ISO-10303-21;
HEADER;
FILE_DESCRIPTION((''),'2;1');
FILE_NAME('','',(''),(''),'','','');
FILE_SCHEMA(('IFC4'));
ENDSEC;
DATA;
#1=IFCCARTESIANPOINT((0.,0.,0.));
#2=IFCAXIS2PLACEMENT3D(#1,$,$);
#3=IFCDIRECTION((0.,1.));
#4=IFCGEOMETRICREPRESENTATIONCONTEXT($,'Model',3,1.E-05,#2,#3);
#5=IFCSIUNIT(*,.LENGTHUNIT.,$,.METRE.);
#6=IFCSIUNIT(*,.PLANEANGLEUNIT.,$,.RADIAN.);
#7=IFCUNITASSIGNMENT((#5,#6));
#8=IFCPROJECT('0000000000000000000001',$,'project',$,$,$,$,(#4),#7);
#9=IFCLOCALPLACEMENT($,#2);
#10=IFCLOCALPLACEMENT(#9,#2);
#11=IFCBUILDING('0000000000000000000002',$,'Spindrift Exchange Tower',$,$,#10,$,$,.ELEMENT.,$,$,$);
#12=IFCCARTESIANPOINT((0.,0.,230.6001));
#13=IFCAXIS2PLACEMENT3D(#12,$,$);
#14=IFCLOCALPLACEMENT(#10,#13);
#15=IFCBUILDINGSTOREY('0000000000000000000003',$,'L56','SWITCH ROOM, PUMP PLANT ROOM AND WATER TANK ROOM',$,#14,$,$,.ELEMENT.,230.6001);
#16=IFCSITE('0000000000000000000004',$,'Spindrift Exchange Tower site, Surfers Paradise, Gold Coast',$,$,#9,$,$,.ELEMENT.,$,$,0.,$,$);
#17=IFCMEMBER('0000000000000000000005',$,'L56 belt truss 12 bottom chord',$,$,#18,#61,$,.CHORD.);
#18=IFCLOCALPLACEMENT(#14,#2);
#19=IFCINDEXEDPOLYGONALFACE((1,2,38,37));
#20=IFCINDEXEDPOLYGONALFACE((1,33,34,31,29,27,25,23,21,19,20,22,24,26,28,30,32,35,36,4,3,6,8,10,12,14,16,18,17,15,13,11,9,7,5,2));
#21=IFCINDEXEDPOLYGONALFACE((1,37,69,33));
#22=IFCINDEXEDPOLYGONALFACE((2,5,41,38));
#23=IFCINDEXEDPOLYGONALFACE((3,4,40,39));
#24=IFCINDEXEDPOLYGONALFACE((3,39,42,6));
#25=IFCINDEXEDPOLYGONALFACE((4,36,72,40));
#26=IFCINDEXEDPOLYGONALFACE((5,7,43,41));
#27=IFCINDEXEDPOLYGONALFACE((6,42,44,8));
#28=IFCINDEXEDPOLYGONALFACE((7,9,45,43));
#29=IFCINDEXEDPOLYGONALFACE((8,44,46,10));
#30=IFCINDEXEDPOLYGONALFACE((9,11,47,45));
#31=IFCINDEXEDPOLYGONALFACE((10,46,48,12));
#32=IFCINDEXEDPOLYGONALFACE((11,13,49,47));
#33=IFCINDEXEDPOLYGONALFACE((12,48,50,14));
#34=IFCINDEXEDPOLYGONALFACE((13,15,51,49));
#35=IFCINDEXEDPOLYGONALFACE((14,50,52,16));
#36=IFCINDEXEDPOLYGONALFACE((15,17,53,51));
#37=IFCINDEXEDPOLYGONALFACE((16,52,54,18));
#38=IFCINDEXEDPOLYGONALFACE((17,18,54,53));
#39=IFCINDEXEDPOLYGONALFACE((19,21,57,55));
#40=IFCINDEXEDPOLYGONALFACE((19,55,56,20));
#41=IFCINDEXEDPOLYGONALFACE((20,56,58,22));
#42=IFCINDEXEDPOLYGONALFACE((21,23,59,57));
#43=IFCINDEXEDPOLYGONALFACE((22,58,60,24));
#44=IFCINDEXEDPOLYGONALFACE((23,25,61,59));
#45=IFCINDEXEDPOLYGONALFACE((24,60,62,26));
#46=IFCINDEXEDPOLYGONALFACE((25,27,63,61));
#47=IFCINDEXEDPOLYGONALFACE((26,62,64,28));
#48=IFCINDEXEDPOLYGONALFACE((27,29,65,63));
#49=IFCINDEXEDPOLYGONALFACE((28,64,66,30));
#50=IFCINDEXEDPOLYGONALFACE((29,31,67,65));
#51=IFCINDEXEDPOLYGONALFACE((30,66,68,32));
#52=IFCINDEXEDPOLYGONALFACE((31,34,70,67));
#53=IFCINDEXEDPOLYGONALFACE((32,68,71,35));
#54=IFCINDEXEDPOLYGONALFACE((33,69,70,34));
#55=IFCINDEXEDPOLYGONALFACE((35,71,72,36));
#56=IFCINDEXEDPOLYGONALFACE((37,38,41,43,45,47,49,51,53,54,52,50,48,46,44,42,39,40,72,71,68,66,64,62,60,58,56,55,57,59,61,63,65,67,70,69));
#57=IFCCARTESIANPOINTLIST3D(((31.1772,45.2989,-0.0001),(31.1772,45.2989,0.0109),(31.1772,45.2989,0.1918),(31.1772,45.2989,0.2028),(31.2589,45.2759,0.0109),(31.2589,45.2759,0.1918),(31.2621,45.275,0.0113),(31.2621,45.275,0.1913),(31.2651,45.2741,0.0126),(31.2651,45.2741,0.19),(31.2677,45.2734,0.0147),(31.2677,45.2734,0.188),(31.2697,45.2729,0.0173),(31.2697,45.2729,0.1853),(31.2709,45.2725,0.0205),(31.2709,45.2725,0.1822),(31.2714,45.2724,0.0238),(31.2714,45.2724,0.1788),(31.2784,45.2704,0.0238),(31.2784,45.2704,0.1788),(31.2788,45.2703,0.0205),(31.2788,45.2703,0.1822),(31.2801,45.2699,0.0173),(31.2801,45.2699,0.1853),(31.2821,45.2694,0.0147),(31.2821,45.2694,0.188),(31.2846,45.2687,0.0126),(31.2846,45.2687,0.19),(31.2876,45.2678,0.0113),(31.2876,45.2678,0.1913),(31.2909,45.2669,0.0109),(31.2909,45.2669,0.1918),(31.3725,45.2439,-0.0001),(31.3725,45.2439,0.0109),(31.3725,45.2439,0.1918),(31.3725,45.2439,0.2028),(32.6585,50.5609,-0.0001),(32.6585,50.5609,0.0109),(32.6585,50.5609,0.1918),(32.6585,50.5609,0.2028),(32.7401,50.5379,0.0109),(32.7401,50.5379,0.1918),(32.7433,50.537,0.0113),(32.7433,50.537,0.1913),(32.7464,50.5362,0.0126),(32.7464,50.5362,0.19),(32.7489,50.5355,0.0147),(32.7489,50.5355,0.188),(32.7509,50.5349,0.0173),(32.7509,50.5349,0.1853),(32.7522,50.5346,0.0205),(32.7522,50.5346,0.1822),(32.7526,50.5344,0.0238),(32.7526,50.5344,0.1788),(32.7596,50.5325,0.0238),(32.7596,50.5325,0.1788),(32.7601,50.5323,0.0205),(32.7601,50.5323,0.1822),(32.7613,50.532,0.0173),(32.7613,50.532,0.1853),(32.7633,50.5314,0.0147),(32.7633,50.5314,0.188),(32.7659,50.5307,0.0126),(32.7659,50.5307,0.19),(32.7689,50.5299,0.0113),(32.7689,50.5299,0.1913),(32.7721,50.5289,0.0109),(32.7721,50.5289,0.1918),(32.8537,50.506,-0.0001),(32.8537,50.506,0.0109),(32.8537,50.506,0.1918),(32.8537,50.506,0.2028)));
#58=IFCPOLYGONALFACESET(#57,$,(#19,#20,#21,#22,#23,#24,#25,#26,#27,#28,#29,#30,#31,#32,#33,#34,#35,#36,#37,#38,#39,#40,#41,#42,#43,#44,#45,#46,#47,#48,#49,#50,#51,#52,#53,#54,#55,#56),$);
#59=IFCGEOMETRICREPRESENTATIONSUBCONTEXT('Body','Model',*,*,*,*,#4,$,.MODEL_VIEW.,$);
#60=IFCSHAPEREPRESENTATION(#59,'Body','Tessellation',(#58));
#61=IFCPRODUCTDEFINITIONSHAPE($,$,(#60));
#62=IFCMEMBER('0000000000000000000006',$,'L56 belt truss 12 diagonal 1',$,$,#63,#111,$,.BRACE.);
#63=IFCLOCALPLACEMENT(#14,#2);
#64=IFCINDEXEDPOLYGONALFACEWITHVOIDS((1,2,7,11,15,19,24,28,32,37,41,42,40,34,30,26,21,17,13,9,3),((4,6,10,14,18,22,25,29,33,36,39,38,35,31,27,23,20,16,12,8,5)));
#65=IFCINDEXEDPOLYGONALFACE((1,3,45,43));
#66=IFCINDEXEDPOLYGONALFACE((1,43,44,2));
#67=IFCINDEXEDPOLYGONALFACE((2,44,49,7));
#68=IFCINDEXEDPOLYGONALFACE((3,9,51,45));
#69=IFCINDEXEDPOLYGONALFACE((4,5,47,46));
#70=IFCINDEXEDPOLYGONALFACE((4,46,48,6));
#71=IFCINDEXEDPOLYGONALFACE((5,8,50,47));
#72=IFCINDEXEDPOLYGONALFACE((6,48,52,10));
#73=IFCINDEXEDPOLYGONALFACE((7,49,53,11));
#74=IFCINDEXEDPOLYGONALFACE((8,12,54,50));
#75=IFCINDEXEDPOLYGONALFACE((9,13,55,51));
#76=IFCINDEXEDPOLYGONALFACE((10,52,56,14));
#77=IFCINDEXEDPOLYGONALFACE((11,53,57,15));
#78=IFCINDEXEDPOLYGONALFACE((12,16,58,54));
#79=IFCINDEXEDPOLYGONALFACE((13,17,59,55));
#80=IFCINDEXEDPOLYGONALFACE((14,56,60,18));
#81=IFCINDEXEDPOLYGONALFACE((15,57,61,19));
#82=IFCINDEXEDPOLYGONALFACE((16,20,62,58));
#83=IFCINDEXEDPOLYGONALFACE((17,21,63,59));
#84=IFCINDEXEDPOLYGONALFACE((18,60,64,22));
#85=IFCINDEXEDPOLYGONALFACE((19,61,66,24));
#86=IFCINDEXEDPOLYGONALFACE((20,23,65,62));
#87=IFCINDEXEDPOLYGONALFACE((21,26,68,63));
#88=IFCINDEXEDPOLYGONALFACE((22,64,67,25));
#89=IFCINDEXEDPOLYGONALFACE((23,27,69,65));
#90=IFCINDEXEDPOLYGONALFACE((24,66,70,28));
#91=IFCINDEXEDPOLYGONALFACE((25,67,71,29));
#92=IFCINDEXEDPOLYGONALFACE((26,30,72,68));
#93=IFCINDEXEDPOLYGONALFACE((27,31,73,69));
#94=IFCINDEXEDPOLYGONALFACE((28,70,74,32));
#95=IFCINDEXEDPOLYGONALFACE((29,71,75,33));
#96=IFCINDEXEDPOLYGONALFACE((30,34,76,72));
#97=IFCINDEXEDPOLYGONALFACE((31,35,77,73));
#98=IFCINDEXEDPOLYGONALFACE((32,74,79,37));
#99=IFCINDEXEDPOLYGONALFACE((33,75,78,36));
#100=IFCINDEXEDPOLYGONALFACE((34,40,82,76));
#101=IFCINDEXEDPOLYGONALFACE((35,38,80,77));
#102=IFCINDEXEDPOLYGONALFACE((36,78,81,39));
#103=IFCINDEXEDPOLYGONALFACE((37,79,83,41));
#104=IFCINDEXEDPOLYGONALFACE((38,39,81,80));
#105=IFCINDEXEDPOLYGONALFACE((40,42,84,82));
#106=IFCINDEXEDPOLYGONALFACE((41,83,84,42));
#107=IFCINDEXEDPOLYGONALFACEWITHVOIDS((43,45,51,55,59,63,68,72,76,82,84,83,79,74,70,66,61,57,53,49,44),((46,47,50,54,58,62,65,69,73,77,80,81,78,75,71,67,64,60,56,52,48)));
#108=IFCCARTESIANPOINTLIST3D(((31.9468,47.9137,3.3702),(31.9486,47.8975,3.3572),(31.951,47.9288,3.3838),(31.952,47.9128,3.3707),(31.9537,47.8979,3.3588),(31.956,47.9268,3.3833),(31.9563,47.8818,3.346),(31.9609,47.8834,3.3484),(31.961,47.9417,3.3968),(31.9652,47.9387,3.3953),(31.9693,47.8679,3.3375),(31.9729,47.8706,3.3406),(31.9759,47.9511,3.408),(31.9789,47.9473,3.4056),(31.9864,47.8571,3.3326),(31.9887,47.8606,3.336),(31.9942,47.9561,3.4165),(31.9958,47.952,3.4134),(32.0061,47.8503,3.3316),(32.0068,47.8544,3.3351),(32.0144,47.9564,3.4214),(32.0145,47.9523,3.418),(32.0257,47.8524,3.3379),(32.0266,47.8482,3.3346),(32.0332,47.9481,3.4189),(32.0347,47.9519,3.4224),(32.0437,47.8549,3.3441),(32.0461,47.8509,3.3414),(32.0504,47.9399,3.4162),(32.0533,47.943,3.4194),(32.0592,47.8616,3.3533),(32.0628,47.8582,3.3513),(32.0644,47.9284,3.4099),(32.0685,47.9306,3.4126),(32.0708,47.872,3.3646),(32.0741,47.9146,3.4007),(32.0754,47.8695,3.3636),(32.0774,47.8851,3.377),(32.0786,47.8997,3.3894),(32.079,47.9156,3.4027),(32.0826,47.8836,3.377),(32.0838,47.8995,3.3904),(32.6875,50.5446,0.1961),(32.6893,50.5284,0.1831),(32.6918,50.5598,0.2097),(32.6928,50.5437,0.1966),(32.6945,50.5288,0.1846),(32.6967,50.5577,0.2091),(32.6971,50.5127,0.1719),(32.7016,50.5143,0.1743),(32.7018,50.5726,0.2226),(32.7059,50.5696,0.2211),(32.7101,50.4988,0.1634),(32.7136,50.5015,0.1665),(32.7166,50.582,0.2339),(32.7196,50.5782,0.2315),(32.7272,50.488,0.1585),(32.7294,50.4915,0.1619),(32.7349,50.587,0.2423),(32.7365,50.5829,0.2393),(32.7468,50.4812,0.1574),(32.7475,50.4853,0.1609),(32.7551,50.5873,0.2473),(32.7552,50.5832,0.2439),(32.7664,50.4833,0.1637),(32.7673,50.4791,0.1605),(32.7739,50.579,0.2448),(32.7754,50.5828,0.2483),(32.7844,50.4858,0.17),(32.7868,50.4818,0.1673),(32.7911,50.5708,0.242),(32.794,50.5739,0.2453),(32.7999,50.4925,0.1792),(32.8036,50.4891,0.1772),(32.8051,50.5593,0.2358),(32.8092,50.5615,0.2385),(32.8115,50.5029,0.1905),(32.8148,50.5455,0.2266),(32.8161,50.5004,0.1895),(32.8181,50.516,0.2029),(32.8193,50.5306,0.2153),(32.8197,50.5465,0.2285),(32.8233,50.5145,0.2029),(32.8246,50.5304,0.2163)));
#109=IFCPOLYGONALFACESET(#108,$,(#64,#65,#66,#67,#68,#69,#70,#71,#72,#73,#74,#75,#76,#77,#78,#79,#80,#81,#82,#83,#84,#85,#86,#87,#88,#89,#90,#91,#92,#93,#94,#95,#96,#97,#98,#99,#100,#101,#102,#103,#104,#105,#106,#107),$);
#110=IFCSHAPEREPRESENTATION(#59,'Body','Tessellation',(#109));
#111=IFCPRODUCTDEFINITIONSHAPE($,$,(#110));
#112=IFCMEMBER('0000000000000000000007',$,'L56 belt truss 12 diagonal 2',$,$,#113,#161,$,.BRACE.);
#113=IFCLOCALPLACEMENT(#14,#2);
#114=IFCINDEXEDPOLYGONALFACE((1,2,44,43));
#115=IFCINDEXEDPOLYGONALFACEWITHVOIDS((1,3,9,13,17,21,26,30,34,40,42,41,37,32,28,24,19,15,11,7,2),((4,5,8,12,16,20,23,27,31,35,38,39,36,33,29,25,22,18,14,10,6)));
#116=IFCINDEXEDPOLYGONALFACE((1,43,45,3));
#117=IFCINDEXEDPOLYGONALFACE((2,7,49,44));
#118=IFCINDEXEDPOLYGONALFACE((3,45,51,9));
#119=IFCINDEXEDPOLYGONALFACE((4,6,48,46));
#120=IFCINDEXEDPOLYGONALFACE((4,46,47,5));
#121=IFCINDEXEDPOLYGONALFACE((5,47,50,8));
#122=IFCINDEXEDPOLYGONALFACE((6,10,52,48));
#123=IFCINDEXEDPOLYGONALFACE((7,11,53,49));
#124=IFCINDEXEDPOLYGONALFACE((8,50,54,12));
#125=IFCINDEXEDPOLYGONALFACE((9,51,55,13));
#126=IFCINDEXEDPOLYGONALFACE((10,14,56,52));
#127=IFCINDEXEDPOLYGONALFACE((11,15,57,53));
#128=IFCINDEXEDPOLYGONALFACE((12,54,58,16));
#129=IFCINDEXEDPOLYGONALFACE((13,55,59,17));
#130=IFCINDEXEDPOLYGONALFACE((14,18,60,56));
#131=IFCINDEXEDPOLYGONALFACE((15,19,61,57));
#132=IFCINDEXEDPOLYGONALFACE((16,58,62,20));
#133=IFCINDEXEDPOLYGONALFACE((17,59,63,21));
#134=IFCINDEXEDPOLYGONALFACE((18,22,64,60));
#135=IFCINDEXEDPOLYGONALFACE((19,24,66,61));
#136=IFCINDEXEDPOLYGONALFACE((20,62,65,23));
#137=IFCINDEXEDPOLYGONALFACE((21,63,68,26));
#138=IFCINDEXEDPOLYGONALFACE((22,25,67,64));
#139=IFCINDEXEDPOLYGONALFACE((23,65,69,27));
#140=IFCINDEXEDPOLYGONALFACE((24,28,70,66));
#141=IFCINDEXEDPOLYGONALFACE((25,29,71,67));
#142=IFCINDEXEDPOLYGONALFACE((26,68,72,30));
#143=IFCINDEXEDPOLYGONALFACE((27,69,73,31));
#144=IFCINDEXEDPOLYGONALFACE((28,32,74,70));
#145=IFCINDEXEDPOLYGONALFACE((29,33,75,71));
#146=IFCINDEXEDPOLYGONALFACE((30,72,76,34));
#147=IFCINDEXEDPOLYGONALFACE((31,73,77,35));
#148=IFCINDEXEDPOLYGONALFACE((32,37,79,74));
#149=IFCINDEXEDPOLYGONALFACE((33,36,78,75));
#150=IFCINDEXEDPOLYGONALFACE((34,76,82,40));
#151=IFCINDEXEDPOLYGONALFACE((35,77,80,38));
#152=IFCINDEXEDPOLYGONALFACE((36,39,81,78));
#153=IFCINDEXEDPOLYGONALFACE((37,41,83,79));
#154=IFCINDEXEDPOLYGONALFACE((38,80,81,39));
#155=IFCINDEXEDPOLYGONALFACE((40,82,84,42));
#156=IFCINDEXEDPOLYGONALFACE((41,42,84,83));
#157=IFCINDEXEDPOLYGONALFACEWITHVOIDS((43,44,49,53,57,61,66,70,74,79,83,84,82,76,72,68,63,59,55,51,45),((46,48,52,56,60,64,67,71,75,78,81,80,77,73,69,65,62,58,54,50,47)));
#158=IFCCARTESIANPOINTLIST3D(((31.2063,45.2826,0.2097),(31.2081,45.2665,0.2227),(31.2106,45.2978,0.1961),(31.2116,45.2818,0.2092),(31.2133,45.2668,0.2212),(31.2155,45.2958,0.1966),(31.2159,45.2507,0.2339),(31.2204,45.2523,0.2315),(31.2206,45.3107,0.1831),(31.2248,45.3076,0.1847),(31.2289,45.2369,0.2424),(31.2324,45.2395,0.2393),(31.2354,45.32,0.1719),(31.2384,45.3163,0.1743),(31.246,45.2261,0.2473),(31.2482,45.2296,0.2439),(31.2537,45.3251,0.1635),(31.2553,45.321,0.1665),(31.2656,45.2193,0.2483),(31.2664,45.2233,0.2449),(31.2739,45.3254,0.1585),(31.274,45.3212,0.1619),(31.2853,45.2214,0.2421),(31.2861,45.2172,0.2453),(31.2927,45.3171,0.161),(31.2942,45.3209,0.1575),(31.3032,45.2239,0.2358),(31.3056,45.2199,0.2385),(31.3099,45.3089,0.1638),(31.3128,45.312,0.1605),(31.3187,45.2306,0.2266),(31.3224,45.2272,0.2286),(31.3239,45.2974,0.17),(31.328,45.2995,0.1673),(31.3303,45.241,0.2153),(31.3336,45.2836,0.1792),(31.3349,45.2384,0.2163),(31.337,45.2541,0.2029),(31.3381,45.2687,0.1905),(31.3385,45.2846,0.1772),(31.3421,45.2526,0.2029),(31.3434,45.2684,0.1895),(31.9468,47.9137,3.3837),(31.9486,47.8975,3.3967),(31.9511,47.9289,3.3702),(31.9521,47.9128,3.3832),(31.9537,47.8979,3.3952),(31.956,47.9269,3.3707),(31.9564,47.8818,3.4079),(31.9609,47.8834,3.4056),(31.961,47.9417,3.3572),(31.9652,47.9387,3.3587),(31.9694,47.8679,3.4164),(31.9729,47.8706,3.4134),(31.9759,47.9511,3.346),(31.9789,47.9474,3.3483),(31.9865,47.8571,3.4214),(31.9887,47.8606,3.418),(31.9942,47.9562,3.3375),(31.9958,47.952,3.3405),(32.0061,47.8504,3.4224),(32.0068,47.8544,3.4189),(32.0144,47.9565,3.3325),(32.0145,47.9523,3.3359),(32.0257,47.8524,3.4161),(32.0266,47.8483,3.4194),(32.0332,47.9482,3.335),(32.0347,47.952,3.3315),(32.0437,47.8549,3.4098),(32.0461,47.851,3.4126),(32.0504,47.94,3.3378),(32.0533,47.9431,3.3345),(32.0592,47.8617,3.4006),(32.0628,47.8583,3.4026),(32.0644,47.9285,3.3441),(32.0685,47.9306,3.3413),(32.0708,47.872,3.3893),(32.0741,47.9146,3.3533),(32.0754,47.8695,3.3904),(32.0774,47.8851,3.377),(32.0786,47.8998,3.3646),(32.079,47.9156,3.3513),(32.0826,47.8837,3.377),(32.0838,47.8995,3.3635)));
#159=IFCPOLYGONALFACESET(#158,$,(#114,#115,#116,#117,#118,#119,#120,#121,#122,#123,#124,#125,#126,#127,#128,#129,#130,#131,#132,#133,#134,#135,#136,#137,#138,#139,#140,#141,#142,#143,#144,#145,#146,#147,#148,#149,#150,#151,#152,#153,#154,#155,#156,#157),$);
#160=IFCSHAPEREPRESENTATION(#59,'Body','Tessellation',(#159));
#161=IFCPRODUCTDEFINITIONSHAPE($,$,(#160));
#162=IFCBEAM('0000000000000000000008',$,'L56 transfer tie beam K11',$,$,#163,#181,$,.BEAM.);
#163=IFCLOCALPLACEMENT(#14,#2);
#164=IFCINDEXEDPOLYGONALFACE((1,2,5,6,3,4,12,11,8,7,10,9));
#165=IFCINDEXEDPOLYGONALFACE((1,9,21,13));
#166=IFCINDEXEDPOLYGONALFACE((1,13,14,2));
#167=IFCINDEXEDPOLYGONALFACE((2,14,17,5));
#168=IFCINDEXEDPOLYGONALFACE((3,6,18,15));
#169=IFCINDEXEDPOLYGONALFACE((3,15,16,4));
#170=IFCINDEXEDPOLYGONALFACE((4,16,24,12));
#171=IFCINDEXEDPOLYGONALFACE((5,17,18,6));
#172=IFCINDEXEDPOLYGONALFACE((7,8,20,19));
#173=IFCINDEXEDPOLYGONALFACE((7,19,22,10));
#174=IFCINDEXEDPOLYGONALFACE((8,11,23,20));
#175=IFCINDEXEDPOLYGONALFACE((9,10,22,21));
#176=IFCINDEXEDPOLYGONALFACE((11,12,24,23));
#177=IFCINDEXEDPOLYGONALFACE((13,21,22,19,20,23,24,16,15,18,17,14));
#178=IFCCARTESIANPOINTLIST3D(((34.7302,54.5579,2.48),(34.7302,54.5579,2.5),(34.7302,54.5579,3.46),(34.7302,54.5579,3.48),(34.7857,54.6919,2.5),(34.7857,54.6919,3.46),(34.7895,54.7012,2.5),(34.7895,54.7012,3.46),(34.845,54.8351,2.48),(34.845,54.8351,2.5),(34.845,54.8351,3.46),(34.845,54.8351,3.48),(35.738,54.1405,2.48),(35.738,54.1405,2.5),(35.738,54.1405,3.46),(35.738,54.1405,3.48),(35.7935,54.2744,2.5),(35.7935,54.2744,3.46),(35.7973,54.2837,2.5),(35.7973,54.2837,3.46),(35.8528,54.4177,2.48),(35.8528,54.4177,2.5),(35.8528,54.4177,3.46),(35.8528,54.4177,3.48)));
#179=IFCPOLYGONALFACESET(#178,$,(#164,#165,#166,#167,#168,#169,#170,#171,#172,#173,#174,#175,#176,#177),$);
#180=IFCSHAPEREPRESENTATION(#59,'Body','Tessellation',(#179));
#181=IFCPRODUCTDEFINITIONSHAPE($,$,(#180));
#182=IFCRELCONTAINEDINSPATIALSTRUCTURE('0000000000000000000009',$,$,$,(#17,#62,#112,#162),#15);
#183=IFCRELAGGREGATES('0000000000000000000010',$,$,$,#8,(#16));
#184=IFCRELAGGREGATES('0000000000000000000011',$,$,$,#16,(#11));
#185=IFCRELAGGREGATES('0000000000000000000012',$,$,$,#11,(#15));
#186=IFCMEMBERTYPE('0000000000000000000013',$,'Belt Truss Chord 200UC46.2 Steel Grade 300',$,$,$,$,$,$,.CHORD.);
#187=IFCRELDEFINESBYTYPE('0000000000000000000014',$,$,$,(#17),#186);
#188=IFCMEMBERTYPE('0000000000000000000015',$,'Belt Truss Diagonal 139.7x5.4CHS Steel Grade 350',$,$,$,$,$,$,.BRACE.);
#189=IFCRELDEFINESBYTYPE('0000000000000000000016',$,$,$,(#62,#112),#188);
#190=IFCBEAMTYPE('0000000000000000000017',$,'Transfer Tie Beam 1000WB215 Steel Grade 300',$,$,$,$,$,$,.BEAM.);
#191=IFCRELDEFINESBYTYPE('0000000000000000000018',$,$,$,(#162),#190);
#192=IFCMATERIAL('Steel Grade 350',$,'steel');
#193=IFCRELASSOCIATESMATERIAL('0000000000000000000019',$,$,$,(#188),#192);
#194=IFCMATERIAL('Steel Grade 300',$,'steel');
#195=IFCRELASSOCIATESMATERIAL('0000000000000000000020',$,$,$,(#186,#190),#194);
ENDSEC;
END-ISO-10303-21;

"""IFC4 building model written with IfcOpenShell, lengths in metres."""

from ifc_helpers import new_model, si_unit, direction, frame, origin, origin_2d, place, context, subcontext, project, spatial, hollow_circle, i_section, extrude, source, transform, mapped, material, material_profile, profile_set, type_object, element, save


model = new_model("IFC4")

# Units and contexts
model_context = context("Model", 3, precision=1e-05, world=origin(), true_north=direction((0.0, 1.0)))
body_context = subcontext(model_context, "Body", "Model", "MODEL_VIEW")
ifc_project = project(units=[si_unit("LENGTHUNIT", "METRE"), si_unit("PLANEANGLEUNIT", "RADIAN")], contexts=[model_context])

# Site, building, storey
site_placement = place(None, origin())
site = spatial("IfcSite", under=ifc_project, at=site_placement, Name="Spindrift Exchange Tower site, Surfers Paradise, Gold Coast", CompositionType="ELEMENT", RefElevation=0.0)
building_placement = place(site_placement, origin())
building = spatial("IfcBuilding", under=site, at=building_placement, Name="Spindrift Exchange Tower", CompositionType="ELEMENT")
storey_placement = place(building_placement, frame((0.0, 0.0, 230.6001)))
storey = spatial("IfcBuildingStorey", under=building, at=storey_placement, Name="L56", Description="SWITCH ROOM, PUMP PLANT ROOM AND WATER TANK ROOM", CompositionType="ELEMENT", Elevation=230.6001)

# Shared definitions
ifc_material_1 = material(Name="Steel Grade 300", Category="steel")

# Members
ifc_material_2 = material(Name="Steel Grade 350", Category="steel")
ifc_material_profile_1 = material_profile(ifc_material_2, hollow_circle(Radius=0.0698, WallThickness=0.0054, at=origin_2d()), Name="139.7x5.4CHS")
ifc_profile_set_1 = profile_set([ifc_material_profile_1], Name="Steel Grade 350")
member_type_1 = type_object("IfcMemberType", Name="Belt Truss Diagonal 139.7x5.4CHS Steel Grade 350", PredefinedType="BRACE", material=ifc_profile_set_1)
ifc_material_profile_2 = material_profile(ifc_material_1, i_section(OverallWidth=0.2029, OverallDepth=0.2029, WebThickness=0.0073, FlangeThickness=0.011, FilletRadius=0.0129, at=origin_2d()), Name="200UC46.2")
ifc_profile_set_2 = profile_set([ifc_material_profile_2], Name="Steel Grade 300")
member_type_2 = type_object("IfcMemberType", Name="Belt Truss Chord 200UC46.2 Steel Grade 300", PredefinedType="CHORD", material=ifc_profile_set_2)
shared_shape_1 = source(origin(), body_context, "Body", "SweptSolid", [
    extrude(i_section(OverallWidth=0.2029, OverallDepth=0.2029, WebThickness=0.0073, FlangeThickness=0.011, FilletRadius=0.0129, at=origin_2d()), origin(), (0.0, 0.0, 1.0), 5.4666),
])
for number, where, z_axis, x_axis, name in (
    (1, (32.7561, 50.5334, 0.1013), (-0.270962, -0.96259, 0.0), (0.96259, -0.270962, 0.0), "L56 belt truss 12 bottom chord"),
):
    element("IfcMember", number, at=place(storey_placement, frame(where, z_axis=z_axis, x_axis=x_axis)), inside=storey, type_object=member_type_2, Name=name, PredefinedType="CHORD", context=body_context, shape_type="MappedRepresentation", body=[
        mapped(shared_shape_1, transform((0.0, 0.0, 0.0), scale=1.0)),
    ])
shared_shape_2 = source(origin(), body_context, "Body", "SweptSolid", [
    extrude(hollow_circle(Radius=0.0698, WallThickness=0.0054, at=origin_2d()), origin(), (0.0, 0.0, 1.0), 4.1887),
])
for number, where, z_axis, x_axis, name in (
    (2, (32.7561, 50.5334, 0.2029), (-0.17684, -0.628092, 0.757779), (0.962575, -0.271015, 0.0), "L56 belt truss 12 diagonal 1"),
    (3, (32.0154, 47.9026, 3.377), (-0.176777, -0.628134, -0.757759), (0.962605, -0.270909, 0.0), "L56 belt truss 12 diagonal 2"),
):
    element("IfcMember", number, at=place(storey_placement, frame(where, z_axis=z_axis, x_axis=x_axis)), inside=storey, type_object=member_type_1, Name=name, PredefinedType="BRACE", context=body_context, shape_type="MappedRepresentation", body=[
        mapped(shared_shape_2, transform((0.0, 0.0, 0.0), scale=1.0)),
    ])

# Beam
ifc_material_profile_3 = material_profile(ifc_material_1, i_section(OverallWidth=0.3, OverallDepth=1.0, WebThickness=0.01, FlangeThickness=0.02, at=origin_2d()), Name="1000WB215")
ifc_profile_set_3 = profile_set([ifc_material_profile_3], Name="Steel Grade 300")
beam_type_1 = type_object("IfcBeamType", Name="Transfer Tie Beam 1000WB215 Steel Grade 300", PredefinedType="BEAM", material=ifc_profile_set_3)
shared_shape_3 = source(origin(), body_context, "Body", "SweptSolid", [
    extrude(i_section(OverallWidth=0.3, OverallDepth=1.0, WebThickness=0.01, FlangeThickness=0.02, at=origin_2d()), origin(), (0.0, 0.0, 1.0), 1.0908),
])
beam_1_placement = place(storey_placement, frame((34.7876, 54.6965, 2.98), z_axis=(0.92387, -0.382708, 0.0), x_axis=(0.382708, 0.92387, 0.0)))
element("IfcBeam", 4, at=beam_1_placement, inside=storey, type_object=beam_type_1, Name="L56 transfer tie beam K11", PredefinedType="BEAM", context=body_context, shape_type="MappedRepresentation", body=[
    mapped(shared_shape_3, transform((0.0, 0.0, 0.0), scale=1.0)),
])

save(model, "model.ifc")
